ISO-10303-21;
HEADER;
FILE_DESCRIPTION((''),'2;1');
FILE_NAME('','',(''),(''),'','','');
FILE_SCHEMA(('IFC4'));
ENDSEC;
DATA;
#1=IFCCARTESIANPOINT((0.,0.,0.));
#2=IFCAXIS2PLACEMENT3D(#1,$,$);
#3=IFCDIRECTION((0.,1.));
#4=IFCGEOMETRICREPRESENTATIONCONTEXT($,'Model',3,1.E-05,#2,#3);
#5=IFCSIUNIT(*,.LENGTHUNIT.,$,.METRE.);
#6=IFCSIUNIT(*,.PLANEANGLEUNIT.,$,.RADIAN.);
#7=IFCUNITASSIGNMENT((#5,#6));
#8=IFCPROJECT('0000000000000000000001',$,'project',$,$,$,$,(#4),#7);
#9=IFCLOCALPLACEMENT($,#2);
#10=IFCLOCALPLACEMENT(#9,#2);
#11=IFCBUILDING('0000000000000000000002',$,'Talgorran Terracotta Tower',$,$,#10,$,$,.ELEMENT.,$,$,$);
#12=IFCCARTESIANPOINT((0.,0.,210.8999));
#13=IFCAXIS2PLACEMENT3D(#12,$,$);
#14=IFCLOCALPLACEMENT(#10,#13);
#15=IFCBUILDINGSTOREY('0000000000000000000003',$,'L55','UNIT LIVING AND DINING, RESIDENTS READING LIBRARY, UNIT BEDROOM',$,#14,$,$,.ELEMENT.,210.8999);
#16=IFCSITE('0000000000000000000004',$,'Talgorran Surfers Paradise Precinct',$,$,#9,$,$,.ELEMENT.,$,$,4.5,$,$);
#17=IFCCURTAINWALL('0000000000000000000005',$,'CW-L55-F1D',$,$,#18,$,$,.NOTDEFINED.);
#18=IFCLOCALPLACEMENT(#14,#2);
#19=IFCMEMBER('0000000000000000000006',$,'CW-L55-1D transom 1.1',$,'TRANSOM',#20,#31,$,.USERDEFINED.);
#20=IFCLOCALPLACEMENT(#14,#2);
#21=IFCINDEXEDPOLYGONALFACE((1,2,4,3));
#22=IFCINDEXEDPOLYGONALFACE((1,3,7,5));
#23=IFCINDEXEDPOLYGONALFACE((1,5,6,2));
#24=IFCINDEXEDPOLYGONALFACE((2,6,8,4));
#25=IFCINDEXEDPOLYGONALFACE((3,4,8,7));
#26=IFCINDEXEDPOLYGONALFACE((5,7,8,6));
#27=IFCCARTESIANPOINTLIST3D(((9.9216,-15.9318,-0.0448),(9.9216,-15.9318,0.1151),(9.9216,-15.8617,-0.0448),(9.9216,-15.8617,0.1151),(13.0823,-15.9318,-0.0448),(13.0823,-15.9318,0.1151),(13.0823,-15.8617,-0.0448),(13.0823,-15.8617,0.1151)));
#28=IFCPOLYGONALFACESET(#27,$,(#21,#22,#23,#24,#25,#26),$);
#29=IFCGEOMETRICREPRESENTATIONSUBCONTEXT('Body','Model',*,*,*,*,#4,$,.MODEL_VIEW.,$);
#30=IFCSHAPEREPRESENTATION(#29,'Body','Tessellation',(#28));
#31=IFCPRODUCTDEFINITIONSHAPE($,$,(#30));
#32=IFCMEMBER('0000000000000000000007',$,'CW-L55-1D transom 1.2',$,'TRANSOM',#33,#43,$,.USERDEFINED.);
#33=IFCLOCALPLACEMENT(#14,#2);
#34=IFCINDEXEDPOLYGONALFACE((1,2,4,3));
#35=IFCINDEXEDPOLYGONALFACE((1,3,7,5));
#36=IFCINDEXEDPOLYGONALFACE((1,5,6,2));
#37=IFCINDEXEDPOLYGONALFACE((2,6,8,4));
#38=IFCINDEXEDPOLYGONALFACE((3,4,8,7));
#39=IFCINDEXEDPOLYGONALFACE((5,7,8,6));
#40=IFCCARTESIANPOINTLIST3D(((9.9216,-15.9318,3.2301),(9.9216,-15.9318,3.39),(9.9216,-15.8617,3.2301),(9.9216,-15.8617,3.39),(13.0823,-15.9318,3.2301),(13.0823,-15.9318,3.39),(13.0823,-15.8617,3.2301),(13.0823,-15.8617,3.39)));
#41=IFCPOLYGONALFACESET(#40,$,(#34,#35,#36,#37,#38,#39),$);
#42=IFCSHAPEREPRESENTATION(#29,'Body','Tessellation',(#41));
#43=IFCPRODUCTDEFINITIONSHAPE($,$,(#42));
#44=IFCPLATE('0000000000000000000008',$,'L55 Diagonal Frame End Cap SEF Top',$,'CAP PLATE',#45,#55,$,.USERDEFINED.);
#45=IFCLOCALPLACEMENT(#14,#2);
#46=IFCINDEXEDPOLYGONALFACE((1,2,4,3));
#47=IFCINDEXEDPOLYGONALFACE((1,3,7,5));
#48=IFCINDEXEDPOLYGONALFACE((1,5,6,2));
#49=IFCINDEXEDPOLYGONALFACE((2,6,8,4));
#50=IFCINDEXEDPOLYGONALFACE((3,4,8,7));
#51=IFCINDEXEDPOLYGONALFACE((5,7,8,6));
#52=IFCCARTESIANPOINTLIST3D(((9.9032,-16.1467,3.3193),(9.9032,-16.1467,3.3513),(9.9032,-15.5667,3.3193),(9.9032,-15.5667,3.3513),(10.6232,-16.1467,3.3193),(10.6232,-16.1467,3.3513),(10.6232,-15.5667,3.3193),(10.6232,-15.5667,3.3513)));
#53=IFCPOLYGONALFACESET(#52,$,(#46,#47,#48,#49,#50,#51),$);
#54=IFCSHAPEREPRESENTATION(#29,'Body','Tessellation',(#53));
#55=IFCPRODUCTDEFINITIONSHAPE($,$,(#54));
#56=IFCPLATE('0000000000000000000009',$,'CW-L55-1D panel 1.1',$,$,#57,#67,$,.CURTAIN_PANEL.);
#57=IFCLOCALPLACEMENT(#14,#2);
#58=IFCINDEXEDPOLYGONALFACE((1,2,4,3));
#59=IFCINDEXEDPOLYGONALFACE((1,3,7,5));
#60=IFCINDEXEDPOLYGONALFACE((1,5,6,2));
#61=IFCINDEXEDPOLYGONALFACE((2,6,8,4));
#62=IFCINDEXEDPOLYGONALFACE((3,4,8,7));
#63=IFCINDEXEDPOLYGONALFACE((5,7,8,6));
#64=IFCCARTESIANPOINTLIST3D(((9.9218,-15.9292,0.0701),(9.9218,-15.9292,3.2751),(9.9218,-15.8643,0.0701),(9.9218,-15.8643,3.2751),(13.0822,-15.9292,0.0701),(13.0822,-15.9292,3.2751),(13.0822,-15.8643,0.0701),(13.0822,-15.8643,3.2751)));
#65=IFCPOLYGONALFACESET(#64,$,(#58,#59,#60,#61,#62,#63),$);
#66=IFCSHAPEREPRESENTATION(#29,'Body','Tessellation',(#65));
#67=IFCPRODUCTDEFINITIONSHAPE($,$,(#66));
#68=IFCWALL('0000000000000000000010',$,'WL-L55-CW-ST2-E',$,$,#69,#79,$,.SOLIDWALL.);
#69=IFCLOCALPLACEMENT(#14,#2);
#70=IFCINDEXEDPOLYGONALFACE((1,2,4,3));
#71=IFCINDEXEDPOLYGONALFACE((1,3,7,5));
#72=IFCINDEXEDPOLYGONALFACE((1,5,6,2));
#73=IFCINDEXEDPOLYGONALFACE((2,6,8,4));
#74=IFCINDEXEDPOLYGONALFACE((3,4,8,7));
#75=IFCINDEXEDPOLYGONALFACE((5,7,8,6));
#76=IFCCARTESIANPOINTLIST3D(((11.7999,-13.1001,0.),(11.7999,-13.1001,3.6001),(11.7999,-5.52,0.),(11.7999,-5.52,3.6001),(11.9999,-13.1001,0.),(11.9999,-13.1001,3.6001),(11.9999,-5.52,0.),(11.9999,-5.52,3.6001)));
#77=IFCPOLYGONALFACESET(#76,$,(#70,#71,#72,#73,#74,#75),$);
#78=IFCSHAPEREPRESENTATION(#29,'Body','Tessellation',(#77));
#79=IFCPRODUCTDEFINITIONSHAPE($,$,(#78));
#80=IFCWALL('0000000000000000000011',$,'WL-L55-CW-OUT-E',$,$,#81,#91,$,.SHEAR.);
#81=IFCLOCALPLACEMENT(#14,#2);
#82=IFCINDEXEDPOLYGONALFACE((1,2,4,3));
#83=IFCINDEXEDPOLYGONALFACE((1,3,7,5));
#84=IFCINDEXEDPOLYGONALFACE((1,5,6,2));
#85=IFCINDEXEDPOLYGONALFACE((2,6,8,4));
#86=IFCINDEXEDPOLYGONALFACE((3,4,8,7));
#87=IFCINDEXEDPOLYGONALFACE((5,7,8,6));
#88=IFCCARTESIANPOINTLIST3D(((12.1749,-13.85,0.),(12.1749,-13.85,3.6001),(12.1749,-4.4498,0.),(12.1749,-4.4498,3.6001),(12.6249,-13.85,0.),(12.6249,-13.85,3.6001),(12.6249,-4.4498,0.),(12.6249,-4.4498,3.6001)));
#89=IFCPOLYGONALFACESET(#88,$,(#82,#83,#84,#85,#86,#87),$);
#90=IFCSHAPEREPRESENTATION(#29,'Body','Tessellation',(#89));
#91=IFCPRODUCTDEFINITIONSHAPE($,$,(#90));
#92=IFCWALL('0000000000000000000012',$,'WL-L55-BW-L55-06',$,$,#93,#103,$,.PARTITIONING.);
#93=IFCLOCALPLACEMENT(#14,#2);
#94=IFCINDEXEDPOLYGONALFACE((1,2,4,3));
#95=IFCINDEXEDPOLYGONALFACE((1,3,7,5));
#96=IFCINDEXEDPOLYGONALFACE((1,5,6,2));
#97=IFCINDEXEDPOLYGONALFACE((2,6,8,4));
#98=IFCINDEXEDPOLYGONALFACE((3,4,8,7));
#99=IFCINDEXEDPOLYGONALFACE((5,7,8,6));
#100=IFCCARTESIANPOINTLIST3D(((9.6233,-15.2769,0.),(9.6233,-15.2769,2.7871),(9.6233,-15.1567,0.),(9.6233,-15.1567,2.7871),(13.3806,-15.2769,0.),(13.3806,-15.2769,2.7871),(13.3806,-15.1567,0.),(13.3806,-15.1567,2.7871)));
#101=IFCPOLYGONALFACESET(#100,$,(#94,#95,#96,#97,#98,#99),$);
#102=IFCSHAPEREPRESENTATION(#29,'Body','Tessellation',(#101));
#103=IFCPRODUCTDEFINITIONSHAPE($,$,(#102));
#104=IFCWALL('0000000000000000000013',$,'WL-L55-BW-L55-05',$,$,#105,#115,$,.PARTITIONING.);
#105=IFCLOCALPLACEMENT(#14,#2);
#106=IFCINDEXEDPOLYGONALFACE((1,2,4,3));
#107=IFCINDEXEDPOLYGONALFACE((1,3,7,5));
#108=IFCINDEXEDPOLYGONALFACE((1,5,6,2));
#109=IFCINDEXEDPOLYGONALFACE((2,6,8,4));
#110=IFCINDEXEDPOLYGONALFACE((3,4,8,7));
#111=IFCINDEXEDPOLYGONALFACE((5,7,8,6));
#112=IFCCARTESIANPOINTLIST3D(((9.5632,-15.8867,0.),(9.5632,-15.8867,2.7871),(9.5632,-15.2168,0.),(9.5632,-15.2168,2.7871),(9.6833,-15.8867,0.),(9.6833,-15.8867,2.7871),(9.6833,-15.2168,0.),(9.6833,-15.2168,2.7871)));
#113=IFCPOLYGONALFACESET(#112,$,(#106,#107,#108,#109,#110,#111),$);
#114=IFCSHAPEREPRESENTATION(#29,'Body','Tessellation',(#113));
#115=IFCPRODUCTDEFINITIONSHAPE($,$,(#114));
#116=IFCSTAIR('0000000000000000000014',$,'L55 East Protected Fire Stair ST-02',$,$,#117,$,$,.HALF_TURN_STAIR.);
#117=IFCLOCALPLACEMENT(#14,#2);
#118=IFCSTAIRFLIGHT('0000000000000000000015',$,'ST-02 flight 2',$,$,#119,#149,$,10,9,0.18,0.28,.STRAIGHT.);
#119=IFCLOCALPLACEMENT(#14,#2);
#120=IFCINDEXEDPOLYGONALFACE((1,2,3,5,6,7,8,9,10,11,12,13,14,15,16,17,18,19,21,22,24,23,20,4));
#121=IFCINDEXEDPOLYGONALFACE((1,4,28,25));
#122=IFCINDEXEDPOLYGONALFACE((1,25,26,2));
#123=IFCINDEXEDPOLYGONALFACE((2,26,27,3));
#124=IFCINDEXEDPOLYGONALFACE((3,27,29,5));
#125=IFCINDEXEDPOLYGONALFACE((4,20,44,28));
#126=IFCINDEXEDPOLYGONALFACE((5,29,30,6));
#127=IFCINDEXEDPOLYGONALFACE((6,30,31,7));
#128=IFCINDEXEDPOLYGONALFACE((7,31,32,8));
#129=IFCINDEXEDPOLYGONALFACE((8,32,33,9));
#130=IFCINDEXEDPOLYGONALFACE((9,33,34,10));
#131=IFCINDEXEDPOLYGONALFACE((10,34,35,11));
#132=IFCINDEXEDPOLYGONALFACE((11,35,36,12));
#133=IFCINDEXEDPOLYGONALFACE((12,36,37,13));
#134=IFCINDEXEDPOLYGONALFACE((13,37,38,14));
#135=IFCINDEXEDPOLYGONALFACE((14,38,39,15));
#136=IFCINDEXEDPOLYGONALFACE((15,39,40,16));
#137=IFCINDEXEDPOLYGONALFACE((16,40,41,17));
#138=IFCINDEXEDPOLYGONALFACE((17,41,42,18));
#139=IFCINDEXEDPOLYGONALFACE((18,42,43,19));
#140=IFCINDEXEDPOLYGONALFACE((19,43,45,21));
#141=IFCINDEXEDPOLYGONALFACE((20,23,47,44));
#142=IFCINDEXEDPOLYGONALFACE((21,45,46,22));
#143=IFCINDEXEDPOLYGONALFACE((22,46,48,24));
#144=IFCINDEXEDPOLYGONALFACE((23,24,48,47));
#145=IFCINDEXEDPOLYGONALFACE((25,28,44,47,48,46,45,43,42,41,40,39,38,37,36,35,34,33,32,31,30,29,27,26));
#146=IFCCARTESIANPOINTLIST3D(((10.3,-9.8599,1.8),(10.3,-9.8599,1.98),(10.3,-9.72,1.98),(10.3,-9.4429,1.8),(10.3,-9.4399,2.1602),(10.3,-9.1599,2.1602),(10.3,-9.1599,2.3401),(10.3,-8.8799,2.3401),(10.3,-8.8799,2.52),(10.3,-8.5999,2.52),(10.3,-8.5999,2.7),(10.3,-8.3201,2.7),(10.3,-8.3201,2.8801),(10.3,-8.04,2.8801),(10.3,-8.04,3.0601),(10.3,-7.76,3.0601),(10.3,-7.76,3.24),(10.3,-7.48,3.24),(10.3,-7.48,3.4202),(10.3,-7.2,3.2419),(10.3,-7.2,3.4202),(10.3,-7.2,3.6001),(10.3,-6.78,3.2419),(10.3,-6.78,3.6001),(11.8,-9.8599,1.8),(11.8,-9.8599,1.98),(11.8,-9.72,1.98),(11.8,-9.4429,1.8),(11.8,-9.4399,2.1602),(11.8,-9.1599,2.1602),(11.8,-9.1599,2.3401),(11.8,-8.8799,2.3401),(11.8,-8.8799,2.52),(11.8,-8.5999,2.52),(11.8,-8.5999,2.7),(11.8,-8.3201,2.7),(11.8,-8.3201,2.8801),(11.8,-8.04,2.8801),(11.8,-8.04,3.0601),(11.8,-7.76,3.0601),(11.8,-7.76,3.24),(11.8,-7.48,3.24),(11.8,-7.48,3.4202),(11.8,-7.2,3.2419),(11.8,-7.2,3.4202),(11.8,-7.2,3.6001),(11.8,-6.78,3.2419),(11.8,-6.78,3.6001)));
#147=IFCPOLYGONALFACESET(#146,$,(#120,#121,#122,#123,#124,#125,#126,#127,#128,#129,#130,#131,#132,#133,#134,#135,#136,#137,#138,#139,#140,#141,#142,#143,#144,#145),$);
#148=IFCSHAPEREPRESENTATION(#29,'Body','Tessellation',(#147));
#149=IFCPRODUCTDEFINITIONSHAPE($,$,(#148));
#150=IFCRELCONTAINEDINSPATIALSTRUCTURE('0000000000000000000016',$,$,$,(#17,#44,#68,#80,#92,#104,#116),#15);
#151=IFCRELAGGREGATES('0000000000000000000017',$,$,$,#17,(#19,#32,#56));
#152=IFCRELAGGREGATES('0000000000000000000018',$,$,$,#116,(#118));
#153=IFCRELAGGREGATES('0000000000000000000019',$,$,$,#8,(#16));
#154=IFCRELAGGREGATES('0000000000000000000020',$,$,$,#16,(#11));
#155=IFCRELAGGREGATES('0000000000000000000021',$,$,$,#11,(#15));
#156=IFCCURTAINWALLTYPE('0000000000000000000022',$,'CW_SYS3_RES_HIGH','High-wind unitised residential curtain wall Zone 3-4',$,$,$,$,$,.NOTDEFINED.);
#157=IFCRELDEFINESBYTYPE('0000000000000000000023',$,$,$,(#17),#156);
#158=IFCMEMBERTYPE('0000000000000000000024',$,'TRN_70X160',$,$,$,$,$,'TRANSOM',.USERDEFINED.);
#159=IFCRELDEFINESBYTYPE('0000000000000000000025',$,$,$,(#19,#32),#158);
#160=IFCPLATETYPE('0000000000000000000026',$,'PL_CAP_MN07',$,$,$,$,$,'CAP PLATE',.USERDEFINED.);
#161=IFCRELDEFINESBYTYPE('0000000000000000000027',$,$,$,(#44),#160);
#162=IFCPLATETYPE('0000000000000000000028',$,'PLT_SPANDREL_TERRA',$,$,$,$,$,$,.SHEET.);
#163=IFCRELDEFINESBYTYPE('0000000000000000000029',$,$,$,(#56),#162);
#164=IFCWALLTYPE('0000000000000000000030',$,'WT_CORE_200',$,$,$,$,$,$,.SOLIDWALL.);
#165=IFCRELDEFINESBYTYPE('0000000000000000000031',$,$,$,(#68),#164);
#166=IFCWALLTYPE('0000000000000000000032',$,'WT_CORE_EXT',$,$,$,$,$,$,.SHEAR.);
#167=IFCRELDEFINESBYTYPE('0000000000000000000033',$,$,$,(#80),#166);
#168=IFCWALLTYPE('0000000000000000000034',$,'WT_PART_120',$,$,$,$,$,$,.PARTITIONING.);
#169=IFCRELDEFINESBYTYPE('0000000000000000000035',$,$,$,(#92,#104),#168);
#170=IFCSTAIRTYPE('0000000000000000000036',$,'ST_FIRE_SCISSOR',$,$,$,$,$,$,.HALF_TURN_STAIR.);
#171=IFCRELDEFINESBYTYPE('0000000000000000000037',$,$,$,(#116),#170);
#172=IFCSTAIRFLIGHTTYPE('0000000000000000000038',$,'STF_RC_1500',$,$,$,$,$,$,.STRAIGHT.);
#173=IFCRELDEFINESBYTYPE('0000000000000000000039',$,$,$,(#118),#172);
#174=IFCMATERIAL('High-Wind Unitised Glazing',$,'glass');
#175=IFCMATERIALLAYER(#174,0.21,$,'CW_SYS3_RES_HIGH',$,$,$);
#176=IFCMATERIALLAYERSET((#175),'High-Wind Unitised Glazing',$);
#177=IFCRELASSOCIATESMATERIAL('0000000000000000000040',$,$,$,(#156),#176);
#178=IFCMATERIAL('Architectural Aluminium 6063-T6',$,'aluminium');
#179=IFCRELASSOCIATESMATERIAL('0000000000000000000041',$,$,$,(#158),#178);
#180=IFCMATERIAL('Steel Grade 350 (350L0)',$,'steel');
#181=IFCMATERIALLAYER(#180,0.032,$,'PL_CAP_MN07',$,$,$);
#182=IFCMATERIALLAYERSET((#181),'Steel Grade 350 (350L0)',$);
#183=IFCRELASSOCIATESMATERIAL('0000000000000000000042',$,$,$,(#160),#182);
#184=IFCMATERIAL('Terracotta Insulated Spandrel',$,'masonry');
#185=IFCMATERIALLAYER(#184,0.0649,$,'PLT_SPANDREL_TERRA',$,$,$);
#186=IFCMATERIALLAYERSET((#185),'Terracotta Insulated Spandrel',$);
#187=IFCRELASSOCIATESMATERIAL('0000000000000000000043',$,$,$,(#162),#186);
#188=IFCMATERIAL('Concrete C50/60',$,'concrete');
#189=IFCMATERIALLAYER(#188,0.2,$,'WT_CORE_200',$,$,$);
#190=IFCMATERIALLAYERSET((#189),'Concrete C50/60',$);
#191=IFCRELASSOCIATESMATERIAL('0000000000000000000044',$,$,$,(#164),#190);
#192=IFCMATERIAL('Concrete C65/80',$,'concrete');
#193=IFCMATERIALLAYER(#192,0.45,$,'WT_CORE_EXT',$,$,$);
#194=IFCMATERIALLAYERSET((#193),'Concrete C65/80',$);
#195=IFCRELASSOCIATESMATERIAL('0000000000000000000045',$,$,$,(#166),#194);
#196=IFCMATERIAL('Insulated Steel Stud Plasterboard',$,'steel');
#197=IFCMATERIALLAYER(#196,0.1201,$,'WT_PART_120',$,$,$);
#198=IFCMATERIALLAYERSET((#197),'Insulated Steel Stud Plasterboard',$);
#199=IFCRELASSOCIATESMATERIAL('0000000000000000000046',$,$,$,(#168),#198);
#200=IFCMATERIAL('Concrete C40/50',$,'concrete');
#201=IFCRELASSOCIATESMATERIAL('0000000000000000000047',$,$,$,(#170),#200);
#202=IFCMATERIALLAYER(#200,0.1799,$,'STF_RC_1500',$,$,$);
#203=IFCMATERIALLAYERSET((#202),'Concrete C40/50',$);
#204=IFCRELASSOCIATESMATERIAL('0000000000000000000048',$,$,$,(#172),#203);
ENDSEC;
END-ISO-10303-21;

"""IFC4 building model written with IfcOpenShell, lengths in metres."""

from ifc_helpers import new_model, si_unit, direction, frame, frame_2d, origin, origin_2d, place, context, subcontext, project, spatial, polyline, rectangle, outline, extrude, source, transform, mapped, material, layer, layer_set, material_profile, profile_set, type_object, type_shapes, element, aggregate, save


model = new_model("IFC4")

# Units and contexts
model_context = context("Model", 3, precision=1e-05, world=origin(), true_north=direction((0.0, 1.0)))
body_context = subcontext(model_context, "Body", "Model", "MODEL_VIEW")
ifc_project = project(units=[si_unit("LENGTHUNIT", "METRE"), si_unit("PLANEANGLEUNIT", "RADIAN")], contexts=[model_context])

# Site, building, storey
site_placement = place(None, origin())
site = spatial("IfcSite", under=ifc_project, at=site_placement, Name="Talgorran Surfers Paradise Precinct", CompositionType="ELEMENT", RefElevation=4.5)
building_placement = place(site_placement, origin())
building = spatial("IfcBuilding", under=site, at=building_placement, Name="Talgorran Terracotta Tower", CompositionType="ELEMENT")
storey_placement = place(building_placement, frame((0.0, 0.0, 210.8999)))
storey = spatial("IfcBuildingStorey", under=building, at=storey_placement, Name="L55", Description="UNIT LIVING AND DINING, RESIDENTS READING LIBRARY, UNIT BEDROOM", CompositionType="ELEMENT", Elevation=210.8999)

# Shared definitions
ifc_material_1 = material(Name="Steel Grade 350 (350L0)", Category="steel")

# Shared definitions
ifc_material_2 = material(Name="High-Wind Unitised Glazing", Category="glass")
ifc_layer_1 = layer(ifc_material_2, 0.21, Name="CW_SYS3_RES_HIGH")
ifc_layer_set_1 = layer_set([ifc_layer_1], Name="High-Wind Unitised Glazing")
curtain_wall_type = type_object("IfcCurtainWallType", Name="CW_SYS3_RES_HIGH", Description="High-wind unitised residential curtain wall Zone 3-4", PredefinedType="NOTDEFINED", material=ifc_layer_set_1)
ifc_material_3 = material(Name="Architectural Aluminium 6063-T6", Category="aluminium")

# Curtain wall, members
curtain_wall_1_placement = place(storey_placement, origin())
curtain_wall_1 = element("IfcCurtainWall", 1, at=curtain_wall_1_placement, inside=storey, type_object=curtain_wall_type, Name="CW-L55-F1D", PredefinedType="NOTDEFINED")
ifc_material_profile_1 = material_profile(ifc_material_3, rectangle(XDim=0.0701, YDim=0.1599, at=origin_2d()), Name="CWT70X160")
ifc_profile_set_1 = profile_set([ifc_material_profile_1], Name="Architectural Aluminium 6063-T6")
member_type_1 = type_object("IfcMemberType", Name="TRN_70X160", ElementType="TRANSOM", PredefinedType="USERDEFINED", material=ifc_profile_set_1)
member_1_placement = place(storey_placement, frame((9.9216, -15.8967, 0.0352), z_axis=(1.0, 0.0, 0.0), x_axis=(0.0, 1.0, 0.0)))
member_1 = element("IfcMember", 2, at=member_1_placement, type_object=member_type_1, Name="CW-L55-1D transom 1.1", ObjectType="TRANSOM", PredefinedType="USERDEFINED", context=body_context, shape_type="SweptSolid", body=[
    extrude(rectangle(XDim=0.0701, YDim=0.1599, at=origin_2d()), origin(), (0.0, 0.0, 1.0), 3.1606),
])
member_2_placement = place(storey_placement, frame((9.9216, -15.8967, 3.3101), z_axis=(1.0, 0.0, 0.0), x_axis=(0.0, 1.0, 0.0)))
member_2 = element("IfcMember", 3, at=member_2_placement, type_object=member_type_1, Name="CW-L55-1D transom 1.2", ObjectType="TRANSOM", PredefinedType="USERDEFINED", context=body_context, shape_type="SweptSolid", body=[
    extrude(rectangle(XDim=0.0701, YDim=0.1599, at=origin_2d()), origin(), (0.0, 0.0, 1.0), 3.1606),
])

# Plates
ifc_layer_2 = layer(ifc_material_1, 0.032, Name="PL_CAP_MN07")
ifc_layer_set_2 = layer_set([ifc_layer_2], Name="Steel Grade 350 (350L0)")
plate_type_1 = type_object("IfcPlateType", Name="PL_CAP_MN07", ElementType="CAP PLATE", PredefinedType="USERDEFINED", material=ifc_layer_set_2)
plate_1_placement = place(storey_placement, frame((10.2632, -15.8567, 3.3193), z_axis=(0.0, 0.0, 1.0), x_axis=(-1.0, 0.0, 0.0)))
element("IfcPlate", 4, at=plate_1_placement, inside=storey, type_object=plate_type_1, Name="L55 Diagonal Frame End Cap SEF Top", ObjectType="CAP PLATE", PredefinedType="USERDEFINED", context=body_context, shape_type="SweptSolid", body=[
    extrude(rectangle(XDim=0.72, YDim=0.5801, at=origin_2d()), origin(), (0.0, 0.0, 1.0), 0.032),
])
ifc_material_4 = material(Name="Terracotta Insulated Spandrel", Category="masonry")
ifc_layer_3 = layer(ifc_material_4, 0.0649, Name="PLT_SPANDREL_TERRA")
ifc_layer_set_3 = layer_set([ifc_layer_3], Name="Terracotta Insulated Spandrel")
plate_type_2 = type_object("IfcPlateType", Name="PLT_SPANDREL_TERRA", PredefinedType="SHEET", material=ifc_layer_set_3)
shared_shape = source(origin(), body_context, "Body", "SweptSolid", [
    extrude(rectangle(XDim=3.1604, YDim=0.0649, at=origin_2d()), origin(), (0.0, 0.0, 1.0), 3.2051),
])
type_shapes(plate_type_2, [shared_shape])
plate_2_placement = place(storey_placement, frame((11.502, -15.8967, 0.0701), z_axis=(0.0, 0.0, 1.0), x_axis=(1.0, 0.0, 0.0)))
plate_2 = element("IfcPlate", 5, at=plate_2_placement, type_object=plate_type_2, Name="CW-L55-1D panel 1.1", PredefinedType="CURTAIN_PANEL", context=body_context, shape_type="MappedRepresentation", body=[
    mapped(shared_shape, transform((0.0, 0.0, 0.0), scale=1.0)),
])
aggregate(curtain_wall_1, [member_1, member_2, plate_2])

# Walls
ifc_material_5 = material(Name="Concrete C50/60", Category="concrete")
ifc_layer_4 = layer(ifc_material_5, 0.2, Name="WT_CORE_200")
ifc_layer_set_4 = layer_set([ifc_layer_4], Name="Concrete C50/60")
wall_type_1 = type_object("IfcWallType", Name="WT_CORE_200", PredefinedType="SOLIDWALL", material=ifc_layer_set_4)
wall_1_placement = place(storey_placement, frame((11.8999, -13.1001, 0.0), z_axis=(0.0, 0.0, 1.0), x_axis=(0.0, 1.0, 0.0)))
element("IfcWall", 6, at=wall_1_placement, inside=storey, type_object=wall_type_1, Name="WL-L55-CW-ST2-E", PredefinedType="SOLIDWALL", context=body_context, shape_type="SweptSolid", body=[
    extrude(rectangle(XDim=7.5801, YDim=0.2, at=frame_2d((3.79, 0.0))), origin(), (0.0, 0.0, 1.0), 3.6001),
])
ifc_material_6 = material(Name="Concrete C65/80", Category="concrete")
ifc_layer_5 = layer(ifc_material_6, 0.45, Name="WT_CORE_EXT")
ifc_layer_set_5 = layer_set([ifc_layer_5], Name="Concrete C65/80")
wall_type_2 = type_object("IfcWallType", Name="WT_CORE_EXT", PredefinedType="SHEAR", material=ifc_layer_set_5)
wall_2_placement = place(storey_placement, frame((12.3999, -13.8501, 0.0), z_axis=(0.0, 0.0, 1.0), x_axis=(0.0, 1.0, 0.0)))
element("IfcWall", 7, at=wall_2_placement, inside=storey, type_object=wall_type_2, Name="WL-L55-CW-OUT-E", PredefinedType="SHEAR", context=body_context, shape_type="SweptSolid", body=[
    extrude(rectangle(XDim=9.4001, YDim=0.45, at=frame_2d((4.7002, 0.0))), origin(), (0.0, 0.0, 1.0), 3.6001),
])
ifc_material_7 = material(Name="Insulated Steel Stud Plasterboard", Category="steel")
ifc_layer_6 = layer(ifc_material_7, 0.1201, Name="WT_PART_120")
ifc_layer_set_6 = layer_set([ifc_layer_6], Name="Insulated Steel Stud Plasterboard")
wall_type_3 = type_object("IfcWallType", Name="WT_PART_120", PredefinedType="PARTITIONING", material=ifc_layer_set_6)
wall_3_placement = place(storey_placement, frame((9.6233, -15.2168, 0.0), z_axis=(0.0, 0.0, 1.0), x_axis=(1.0, 0.0, 0.0)))
element("IfcWall", 8, at=wall_3_placement, inside=storey, type_object=wall_type_3, Name="WL-L55-BW-L55-06", PredefinedType="PARTITIONING", context=body_context, shape_type="SweptSolid", body=[
    extrude(rectangle(XDim=3.7573, YDim=0.1201, at=frame_2d((1.8787, 0.0))), origin(), (0.0, 0.0, 1.0), 2.7871),
])
wall_4_placement = place(storey_placement, frame((9.6233, -15.8867, 0.0), z_axis=(0.0, 0.0, 1.0), x_axis=(0.0, 1.0, 0.0)))
element("IfcWall", 9, at=wall_4_placement, inside=storey, type_object=wall_type_3, Name="WL-L55-BW-L55-05", PredefinedType="PARTITIONING", context=body_context, shape_type="SweptSolid", body=[
    extrude(rectangle(XDim=0.6699, YDim=0.1201, at=frame_2d((0.335, 0.0))), origin(), (0.0, 0.0, 1.0), 2.7871),
])

# Stair, stair flight
ifc_material_8 = material(Name="Concrete C40/50", Category="concrete")
stair_type = type_object("IfcStairType", Name="ST_FIRE_SCISSOR", PredefinedType="HALF_TURN_STAIR", material=ifc_material_8)
stair_placement = place(storey_placement, origin())
stair = element("IfcStair", 10, at=stair_placement, inside=storey, type_object=stair_type, Name="L55 East Protected Fire Stair ST-02", PredefinedType="HALF_TURN_STAIR")
ifc_layer_7 = layer(ifc_material_8, 0.1799, Name="STF_RC_1500")
ifc_layer_set_7 = layer_set([ifc_layer_7], Name="Concrete C40/50")
stair_flight_type = type_object("IfcStairFlightType", Name="STF_RC_1500", PredefinedType="STRAIGHT", material=ifc_layer_set_7)
stair_flight_placement = place(storey_placement, frame((11.05, -9.72, 1.8), z_axis=(0.0, 0.0, 1.0), x_axis=(0.0, 1.0, 0.0)))
stair_flight = element("IfcStairFlight", 11, at=stair_flight_placement, type_object=stair_flight_type, Name="ST-02 flight 2", NumberOfRisers=10, NumberOfTreads=9, PredefinedType="STRAIGHT", RiserHeight=0.18, TreadLength=0.28, context=body_context, shape_type="SweptSolid", body=[
    extrude(outline(polyline([(-0.1399, 0.0), (-0.1399, 0.1799), (0.0, 0.1799), (0.28, 0.3601), (0.5601, 0.3601), (0.5601, 0.54), (0.8401, 0.54), (0.8401, 0.72), (1.1201, 0.72), (1.1201, 0.8999), (1.3999, 0.8999), (1.3999, 1.0801), (1.6799, 1.0801), (1.6799, 1.26), (1.96, 1.26), (1.96, 1.4399), (2.24, 1.4399), (2.24, 1.6201), (2.52, 1.6201), (2.52, 1.8), (2.9399, 1.8), (2.9399, 1.4419), (2.52, 1.4419), (0.2771, 0.0), (-0.1399, 0.0)])), frame((0.0, 0.75, 0.0), z_axis=(0.0, -1.0, 0.0), x_axis=(1.0, 0.0, 0.0)), (0.0, 0.0, 1.0), 1.5),
])
aggregate(stair, [stair_flight])

save(model, "model.ifc")
